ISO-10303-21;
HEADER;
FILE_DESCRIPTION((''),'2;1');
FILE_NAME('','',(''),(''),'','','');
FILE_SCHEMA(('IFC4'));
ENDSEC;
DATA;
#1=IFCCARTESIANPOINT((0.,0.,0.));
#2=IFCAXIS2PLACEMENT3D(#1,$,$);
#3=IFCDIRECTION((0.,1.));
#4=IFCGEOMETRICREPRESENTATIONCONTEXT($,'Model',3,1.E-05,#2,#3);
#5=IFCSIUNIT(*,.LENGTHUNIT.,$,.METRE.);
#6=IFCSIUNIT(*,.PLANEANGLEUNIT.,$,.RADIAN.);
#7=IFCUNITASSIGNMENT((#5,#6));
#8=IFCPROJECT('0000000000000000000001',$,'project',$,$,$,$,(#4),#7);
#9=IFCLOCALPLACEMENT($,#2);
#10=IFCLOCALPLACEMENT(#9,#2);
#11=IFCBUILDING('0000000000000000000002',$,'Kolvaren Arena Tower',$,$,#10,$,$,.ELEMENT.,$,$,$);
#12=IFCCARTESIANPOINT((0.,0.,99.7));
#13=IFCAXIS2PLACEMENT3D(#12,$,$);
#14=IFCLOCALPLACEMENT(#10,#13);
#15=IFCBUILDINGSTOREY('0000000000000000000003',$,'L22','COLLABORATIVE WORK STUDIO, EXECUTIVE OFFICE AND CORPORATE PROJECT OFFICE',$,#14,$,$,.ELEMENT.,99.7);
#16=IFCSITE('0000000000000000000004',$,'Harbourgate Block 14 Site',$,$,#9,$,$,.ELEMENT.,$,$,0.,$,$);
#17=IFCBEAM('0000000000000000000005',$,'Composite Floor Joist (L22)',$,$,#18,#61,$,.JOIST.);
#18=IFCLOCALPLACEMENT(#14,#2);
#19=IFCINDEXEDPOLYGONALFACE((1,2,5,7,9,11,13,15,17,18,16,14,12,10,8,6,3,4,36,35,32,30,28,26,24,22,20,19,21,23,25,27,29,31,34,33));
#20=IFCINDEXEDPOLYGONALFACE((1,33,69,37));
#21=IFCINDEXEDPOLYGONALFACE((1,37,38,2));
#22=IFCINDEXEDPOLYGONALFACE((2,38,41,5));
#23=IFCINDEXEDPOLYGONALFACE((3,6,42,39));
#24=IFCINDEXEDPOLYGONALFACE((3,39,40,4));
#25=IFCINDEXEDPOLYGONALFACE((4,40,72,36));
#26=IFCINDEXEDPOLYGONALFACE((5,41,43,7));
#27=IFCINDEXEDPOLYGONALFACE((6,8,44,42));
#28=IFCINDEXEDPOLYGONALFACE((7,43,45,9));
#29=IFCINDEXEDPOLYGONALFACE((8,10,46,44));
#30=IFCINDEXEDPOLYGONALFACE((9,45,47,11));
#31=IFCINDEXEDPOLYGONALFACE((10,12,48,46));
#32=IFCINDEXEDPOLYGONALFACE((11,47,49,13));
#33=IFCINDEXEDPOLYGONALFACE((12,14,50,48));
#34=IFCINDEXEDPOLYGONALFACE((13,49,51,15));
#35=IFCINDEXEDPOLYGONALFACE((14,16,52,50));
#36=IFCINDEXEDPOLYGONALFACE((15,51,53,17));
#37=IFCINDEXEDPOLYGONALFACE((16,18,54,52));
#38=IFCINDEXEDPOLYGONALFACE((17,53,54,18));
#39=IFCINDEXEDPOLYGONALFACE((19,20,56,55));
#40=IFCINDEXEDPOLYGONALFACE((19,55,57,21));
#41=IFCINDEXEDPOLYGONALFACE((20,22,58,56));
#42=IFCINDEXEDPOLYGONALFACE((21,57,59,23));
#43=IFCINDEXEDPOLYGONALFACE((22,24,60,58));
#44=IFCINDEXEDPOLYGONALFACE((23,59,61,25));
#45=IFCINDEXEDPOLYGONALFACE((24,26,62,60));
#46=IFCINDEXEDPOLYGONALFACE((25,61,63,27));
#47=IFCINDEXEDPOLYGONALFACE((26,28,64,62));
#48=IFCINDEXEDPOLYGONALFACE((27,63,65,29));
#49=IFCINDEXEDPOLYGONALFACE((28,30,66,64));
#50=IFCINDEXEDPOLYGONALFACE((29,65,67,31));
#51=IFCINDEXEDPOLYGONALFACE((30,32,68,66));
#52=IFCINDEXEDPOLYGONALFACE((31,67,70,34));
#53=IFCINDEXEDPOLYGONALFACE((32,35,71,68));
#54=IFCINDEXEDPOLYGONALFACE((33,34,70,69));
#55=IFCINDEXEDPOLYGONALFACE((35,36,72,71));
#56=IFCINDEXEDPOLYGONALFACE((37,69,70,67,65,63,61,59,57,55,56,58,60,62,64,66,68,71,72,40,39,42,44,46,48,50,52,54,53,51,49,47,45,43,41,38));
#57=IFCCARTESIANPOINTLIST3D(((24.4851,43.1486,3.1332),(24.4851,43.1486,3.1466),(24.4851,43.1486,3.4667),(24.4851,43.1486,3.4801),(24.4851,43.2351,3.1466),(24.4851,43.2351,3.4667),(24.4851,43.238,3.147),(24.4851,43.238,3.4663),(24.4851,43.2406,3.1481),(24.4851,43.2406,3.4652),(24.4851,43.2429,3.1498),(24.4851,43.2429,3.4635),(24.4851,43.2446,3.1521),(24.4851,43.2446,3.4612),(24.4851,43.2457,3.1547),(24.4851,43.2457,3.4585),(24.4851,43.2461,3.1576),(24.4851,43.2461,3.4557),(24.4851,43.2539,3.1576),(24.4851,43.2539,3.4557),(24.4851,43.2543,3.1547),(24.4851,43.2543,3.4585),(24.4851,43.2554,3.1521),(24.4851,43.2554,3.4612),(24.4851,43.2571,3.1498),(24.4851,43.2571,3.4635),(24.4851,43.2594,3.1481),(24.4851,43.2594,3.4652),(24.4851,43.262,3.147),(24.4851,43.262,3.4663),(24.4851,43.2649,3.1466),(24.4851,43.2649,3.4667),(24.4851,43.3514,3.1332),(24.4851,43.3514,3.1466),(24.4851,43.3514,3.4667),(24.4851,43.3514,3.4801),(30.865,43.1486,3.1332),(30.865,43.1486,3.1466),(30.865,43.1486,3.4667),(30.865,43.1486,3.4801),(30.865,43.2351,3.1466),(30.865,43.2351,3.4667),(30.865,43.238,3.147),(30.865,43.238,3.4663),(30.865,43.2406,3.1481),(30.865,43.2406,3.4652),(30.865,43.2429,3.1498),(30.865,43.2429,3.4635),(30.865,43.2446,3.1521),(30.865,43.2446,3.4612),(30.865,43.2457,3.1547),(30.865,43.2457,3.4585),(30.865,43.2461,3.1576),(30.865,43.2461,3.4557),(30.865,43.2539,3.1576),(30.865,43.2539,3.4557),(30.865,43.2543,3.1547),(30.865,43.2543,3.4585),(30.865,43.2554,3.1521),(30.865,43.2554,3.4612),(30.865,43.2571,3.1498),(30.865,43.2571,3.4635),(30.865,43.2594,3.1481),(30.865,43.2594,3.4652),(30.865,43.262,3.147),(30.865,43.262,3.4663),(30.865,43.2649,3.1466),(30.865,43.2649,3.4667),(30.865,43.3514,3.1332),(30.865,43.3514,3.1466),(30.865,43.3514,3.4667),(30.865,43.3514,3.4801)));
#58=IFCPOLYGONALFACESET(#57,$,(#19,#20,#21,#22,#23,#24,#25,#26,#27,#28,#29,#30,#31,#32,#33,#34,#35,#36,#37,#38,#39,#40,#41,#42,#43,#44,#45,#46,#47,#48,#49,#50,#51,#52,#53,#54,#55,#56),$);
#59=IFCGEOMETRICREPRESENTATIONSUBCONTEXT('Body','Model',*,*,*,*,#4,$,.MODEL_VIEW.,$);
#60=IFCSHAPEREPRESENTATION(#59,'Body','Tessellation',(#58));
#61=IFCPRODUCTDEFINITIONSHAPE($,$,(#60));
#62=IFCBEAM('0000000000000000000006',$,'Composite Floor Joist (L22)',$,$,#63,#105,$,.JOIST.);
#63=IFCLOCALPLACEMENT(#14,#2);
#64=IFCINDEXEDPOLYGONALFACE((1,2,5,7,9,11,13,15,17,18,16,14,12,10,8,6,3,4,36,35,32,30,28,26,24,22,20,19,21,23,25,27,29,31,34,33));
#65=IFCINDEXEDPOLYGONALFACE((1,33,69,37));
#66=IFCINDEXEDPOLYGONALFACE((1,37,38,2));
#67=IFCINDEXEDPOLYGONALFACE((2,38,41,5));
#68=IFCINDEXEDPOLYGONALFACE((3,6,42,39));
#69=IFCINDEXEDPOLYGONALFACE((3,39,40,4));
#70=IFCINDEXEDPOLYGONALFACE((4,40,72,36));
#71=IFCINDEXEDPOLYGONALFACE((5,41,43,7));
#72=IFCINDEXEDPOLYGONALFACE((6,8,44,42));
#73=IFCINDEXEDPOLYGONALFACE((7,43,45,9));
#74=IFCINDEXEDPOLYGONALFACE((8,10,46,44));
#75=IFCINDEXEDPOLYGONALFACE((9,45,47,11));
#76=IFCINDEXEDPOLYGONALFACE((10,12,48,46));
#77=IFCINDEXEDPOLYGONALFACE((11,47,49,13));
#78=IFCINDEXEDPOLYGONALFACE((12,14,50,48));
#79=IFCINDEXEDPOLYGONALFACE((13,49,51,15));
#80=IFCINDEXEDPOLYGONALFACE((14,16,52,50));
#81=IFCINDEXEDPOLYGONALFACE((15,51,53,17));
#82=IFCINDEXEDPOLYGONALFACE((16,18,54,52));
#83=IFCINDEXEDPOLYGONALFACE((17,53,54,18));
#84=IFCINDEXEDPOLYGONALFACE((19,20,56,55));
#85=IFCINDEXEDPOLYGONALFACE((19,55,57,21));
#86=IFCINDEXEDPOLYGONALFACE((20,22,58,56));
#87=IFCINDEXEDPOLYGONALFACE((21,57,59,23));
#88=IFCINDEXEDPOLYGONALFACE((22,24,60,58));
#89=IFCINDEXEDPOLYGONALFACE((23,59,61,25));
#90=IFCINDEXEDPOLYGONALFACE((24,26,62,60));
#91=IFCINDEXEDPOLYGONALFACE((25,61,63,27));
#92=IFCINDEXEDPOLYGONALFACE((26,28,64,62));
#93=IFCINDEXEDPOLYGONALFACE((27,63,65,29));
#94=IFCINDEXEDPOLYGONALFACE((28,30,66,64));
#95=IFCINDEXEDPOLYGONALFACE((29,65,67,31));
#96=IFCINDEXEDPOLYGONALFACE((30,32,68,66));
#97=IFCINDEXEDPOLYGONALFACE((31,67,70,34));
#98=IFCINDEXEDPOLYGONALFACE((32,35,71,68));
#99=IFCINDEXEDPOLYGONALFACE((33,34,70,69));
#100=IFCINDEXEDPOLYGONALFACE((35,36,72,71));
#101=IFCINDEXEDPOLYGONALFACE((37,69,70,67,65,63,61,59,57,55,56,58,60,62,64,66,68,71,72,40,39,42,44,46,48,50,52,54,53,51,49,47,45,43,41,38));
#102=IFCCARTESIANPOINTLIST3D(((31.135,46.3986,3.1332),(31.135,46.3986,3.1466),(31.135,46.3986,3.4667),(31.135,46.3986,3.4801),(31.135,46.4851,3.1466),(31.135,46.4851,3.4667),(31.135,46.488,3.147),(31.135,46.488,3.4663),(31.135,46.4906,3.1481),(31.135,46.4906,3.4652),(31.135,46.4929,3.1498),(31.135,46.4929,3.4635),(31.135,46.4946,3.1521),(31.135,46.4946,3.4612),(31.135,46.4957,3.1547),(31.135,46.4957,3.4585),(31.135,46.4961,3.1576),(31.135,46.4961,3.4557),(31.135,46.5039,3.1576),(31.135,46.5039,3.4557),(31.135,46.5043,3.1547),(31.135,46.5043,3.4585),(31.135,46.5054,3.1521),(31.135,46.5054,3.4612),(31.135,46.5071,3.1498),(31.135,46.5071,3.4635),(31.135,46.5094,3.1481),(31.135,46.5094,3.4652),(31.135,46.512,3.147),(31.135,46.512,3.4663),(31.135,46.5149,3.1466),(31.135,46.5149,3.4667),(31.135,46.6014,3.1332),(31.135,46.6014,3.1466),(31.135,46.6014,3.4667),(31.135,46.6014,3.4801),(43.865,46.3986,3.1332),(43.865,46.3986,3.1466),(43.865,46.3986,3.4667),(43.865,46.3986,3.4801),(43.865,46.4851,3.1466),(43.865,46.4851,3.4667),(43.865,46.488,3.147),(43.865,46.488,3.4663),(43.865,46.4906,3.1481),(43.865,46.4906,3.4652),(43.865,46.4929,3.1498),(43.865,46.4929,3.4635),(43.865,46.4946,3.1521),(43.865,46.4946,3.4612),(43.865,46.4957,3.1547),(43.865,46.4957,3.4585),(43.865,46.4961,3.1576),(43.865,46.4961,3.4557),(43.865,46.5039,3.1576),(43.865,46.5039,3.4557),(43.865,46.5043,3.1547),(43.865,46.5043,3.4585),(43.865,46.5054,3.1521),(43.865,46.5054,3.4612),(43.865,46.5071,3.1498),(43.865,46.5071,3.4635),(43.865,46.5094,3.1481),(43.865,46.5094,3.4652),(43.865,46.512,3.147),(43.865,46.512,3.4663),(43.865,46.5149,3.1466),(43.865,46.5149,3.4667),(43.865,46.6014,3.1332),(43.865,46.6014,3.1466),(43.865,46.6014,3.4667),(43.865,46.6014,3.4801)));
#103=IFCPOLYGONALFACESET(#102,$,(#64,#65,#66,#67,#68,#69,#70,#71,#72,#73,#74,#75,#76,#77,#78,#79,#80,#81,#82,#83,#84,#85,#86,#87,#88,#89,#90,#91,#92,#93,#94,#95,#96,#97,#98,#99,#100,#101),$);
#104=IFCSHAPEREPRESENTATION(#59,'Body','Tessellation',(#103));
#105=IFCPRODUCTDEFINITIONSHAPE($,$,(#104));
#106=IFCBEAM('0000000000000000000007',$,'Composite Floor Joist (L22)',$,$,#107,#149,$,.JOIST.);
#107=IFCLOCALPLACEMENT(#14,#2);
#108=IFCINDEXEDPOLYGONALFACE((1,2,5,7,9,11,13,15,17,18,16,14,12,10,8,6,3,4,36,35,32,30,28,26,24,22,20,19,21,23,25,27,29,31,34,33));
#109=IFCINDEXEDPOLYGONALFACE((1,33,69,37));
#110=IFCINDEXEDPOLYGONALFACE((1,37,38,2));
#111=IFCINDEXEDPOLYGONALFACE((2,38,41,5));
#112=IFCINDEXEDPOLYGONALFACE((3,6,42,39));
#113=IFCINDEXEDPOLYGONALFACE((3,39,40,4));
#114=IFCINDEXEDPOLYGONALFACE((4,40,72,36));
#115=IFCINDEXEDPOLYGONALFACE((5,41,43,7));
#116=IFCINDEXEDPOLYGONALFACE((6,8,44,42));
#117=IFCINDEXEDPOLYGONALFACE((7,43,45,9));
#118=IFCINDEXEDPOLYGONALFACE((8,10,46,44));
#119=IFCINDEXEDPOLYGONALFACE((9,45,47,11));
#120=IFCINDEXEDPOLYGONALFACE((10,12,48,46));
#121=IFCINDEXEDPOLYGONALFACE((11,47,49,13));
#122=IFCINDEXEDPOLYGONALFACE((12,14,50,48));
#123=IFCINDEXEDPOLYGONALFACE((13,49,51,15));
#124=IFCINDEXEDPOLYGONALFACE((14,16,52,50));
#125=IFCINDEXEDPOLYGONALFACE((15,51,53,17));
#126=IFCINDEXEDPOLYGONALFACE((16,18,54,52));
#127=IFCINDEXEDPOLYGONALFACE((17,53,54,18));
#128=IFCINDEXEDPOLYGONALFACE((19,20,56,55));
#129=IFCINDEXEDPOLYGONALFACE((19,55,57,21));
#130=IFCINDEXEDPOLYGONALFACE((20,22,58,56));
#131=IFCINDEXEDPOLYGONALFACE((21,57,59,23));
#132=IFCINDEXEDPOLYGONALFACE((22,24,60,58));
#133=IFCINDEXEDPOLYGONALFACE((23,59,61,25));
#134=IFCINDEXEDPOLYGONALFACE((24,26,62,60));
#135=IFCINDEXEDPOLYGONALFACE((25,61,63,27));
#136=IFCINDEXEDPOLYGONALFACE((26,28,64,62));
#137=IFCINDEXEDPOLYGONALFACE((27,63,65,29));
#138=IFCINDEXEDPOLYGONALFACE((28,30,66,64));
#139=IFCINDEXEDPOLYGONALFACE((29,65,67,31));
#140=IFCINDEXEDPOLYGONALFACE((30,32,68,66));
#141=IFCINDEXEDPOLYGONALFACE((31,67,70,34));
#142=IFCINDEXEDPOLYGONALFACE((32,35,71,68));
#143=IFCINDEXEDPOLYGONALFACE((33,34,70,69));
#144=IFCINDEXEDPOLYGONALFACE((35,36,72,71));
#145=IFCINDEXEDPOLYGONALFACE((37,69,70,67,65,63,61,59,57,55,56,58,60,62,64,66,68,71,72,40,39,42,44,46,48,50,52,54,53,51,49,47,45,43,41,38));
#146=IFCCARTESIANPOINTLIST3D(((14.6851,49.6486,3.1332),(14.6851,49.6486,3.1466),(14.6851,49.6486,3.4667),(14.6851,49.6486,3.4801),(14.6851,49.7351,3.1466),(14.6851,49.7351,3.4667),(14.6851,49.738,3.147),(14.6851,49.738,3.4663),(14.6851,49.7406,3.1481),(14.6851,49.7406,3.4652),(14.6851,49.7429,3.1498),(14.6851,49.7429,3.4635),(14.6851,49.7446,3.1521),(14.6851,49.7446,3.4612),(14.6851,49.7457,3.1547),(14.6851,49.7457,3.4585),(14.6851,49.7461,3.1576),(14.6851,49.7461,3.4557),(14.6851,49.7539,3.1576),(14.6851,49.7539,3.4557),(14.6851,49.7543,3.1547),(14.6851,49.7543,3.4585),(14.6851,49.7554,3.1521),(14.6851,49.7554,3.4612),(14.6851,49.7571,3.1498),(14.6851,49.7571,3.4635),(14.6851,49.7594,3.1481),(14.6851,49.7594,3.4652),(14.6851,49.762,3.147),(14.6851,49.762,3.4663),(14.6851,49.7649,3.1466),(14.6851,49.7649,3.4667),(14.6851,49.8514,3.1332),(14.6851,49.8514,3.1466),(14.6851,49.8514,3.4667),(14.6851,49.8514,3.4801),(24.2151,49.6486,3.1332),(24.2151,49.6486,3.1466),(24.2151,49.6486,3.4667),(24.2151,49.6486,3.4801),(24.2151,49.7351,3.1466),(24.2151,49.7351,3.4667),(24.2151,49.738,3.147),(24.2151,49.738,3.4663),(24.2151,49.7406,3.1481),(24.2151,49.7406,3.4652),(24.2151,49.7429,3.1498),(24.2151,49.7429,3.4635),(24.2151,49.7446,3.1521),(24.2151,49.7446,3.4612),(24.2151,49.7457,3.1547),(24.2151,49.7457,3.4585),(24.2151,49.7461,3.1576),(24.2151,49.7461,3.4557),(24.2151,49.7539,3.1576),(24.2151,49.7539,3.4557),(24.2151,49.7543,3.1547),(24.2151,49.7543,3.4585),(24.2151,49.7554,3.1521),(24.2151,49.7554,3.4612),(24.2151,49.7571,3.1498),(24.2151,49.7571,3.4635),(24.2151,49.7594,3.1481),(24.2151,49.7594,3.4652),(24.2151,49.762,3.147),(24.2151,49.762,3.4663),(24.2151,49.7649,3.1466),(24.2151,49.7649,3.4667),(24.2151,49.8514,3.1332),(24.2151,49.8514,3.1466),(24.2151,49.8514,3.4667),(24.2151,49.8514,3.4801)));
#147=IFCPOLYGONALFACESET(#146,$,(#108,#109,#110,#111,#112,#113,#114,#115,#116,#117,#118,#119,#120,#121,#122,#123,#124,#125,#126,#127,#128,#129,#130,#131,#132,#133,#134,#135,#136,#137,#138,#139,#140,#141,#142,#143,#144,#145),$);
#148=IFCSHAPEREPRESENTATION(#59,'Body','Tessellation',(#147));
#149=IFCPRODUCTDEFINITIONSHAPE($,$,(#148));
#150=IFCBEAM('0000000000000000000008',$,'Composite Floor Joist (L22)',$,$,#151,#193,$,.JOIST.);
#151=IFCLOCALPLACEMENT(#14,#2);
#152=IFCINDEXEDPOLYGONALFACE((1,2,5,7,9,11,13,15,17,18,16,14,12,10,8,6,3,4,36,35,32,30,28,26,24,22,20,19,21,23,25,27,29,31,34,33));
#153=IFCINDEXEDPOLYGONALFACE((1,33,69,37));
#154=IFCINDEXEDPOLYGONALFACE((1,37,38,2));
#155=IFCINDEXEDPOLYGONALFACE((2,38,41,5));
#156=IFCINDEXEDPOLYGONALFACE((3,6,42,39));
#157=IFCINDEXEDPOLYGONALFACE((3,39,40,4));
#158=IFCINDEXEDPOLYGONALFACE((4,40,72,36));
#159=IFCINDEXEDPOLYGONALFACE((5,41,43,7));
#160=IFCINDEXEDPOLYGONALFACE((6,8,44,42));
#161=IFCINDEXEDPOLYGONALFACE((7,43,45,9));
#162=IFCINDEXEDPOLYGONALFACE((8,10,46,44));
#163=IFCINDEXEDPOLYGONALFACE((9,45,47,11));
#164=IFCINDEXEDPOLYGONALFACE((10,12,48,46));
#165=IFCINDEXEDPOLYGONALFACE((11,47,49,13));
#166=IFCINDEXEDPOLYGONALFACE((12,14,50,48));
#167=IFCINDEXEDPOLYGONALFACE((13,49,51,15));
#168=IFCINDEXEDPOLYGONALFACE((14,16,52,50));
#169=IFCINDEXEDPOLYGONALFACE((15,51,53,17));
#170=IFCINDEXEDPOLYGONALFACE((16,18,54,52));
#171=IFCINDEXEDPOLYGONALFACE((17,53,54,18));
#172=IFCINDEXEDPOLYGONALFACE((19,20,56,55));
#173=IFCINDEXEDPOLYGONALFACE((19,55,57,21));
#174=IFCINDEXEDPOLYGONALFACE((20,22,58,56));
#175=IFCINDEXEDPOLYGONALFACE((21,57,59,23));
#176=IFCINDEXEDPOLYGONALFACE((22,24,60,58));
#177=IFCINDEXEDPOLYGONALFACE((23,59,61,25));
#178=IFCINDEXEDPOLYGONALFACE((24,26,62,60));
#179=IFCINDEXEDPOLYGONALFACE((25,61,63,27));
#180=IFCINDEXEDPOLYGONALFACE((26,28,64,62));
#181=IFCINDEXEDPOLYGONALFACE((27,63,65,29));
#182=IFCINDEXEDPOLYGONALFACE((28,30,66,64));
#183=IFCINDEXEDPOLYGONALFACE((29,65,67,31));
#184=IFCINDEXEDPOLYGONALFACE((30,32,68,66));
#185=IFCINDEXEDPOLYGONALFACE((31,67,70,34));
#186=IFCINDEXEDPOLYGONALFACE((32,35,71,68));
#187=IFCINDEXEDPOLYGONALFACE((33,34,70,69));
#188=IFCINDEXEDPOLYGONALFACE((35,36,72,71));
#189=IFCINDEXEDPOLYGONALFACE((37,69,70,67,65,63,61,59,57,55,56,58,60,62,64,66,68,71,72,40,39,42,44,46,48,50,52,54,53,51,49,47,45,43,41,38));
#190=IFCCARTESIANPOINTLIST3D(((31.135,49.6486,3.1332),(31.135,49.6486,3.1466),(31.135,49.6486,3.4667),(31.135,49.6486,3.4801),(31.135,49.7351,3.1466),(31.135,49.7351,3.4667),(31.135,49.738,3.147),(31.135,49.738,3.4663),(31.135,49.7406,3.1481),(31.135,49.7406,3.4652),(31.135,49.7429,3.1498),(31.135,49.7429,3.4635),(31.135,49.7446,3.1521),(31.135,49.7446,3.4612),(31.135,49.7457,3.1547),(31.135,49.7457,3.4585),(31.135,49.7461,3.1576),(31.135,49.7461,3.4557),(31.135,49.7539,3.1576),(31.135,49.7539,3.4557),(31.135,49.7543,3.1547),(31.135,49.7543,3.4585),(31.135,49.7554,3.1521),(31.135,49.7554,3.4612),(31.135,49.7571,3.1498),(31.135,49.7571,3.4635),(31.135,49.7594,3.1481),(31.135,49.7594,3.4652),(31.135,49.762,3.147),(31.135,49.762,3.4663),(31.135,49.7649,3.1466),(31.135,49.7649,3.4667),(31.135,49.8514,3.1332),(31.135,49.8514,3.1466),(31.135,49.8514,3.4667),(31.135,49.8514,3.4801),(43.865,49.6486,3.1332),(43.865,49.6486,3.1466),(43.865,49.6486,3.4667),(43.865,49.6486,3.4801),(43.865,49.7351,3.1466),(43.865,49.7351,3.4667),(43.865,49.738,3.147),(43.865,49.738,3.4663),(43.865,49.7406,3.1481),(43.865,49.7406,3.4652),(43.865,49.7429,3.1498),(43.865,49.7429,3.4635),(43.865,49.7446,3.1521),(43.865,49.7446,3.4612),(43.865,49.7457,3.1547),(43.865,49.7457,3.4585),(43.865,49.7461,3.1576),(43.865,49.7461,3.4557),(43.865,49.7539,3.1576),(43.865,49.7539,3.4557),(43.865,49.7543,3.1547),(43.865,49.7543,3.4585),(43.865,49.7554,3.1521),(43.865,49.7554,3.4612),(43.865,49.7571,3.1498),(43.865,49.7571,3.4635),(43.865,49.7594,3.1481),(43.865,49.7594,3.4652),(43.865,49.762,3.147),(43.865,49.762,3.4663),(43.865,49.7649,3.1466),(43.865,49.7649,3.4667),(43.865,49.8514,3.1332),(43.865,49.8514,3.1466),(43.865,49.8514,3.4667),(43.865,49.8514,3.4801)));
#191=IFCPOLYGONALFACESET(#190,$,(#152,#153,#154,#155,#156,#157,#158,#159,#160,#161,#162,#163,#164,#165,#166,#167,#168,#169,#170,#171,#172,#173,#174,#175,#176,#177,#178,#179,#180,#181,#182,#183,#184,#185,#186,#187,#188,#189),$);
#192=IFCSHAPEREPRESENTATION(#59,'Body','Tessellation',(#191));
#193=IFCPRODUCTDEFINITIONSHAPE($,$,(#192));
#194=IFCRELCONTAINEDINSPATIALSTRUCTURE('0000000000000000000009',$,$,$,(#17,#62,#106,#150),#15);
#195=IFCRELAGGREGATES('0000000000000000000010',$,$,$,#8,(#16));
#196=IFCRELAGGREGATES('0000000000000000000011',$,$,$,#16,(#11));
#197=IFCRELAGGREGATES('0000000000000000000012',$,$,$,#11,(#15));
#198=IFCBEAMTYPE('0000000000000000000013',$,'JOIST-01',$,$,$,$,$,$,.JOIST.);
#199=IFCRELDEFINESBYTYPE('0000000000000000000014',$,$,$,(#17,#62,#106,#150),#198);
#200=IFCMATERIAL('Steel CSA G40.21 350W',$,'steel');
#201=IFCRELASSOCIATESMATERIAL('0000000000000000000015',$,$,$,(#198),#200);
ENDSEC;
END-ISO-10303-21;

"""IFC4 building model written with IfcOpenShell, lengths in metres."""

from ifc_helpers import new_model, si_unit, direction, frame, origin, origin_2d, place, context, subcontext, project, spatial, i_section, extrude, material, material_profile, profile_set, type_object, element, save


model = new_model("IFC4")

# Units and contexts
model_context = context("Model", 3, precision=1e-05, world=origin(), true_north=direction((0.0, 1.0)))
body_context = subcontext(model_context, "Body", "Model", "MODEL_VIEW")
ifc_project = project(units=[si_unit("LENGTHUNIT", "METRE"), si_unit("PLANEANGLEUNIT", "RADIAN")], contexts=[model_context])

# Site, building, storey
site_placement = place(None, origin())
site = spatial("IfcSite", under=ifc_project, at=site_placement, Name="Harbourgate Block 14 Site", CompositionType="ELEMENT", RefElevation=0.0)
building_placement = place(site_placement, origin())
building = spatial("IfcBuilding", under=site, at=building_placement, Name="Kolvaren Arena Tower", CompositionType="ELEMENT")
storey_placement = place(building_placement, frame((0.0, 0.0, 99.7)))
storey = spatial("IfcBuildingStorey", under=building, at=storey_placement, Name="L22", Description="COLLABORATIVE WORK STUDIO, EXECUTIVE OFFICE AND CORPORATE PROJECT OFFICE", CompositionType="ELEMENT", Elevation=99.7)

# Beams
ifc_material_1 = material(Name="Steel CSA G40.21 350W", Category="steel")
ifc_material_profile_1 = material_profile(ifc_material_1, i_section(OverallWidth=0.2029, OverallDepth=0.3469, WebThickness=0.0078, FlangeThickness=0.0134, FilletRadius=0.011, at=origin_2d()), Name="W360x64")
ifc_profile_set_1 = profile_set([ifc_material_profile_1], Name="Steel CSA G40.21 350W")
beam_type_1 = type_object("IfcBeamType", Name="JOIST-01", PredefinedType="JOIST", material=ifc_profile_set_1)
beam_1_placement = place(storey_placement, frame((24.4851, 43.25, 3.3066), z_axis=(1.0, 0.0, 0.0), x_axis=(0.0, 1.0, 0.0)))
element("IfcBeam", 1, at=beam_1_placement, inside=storey, type_object=beam_type_1, Name="Composite Floor Joist (L22)", PredefinedType="JOIST", context=body_context, shape_type="SweptSolid", body=[
    extrude(i_section(OverallWidth=0.2029, OverallDepth=0.3469, WebThickness=0.0078, FlangeThickness=0.0134, FilletRadius=0.011, at=origin_2d()), origin(), (0.0, 0.0, 1.0), 6.3799),
])
beam_2_placement = place(storey_placement, frame((31.135, 46.5, 3.3066), z_axis=(1.0, 0.0, 0.0), x_axis=(0.0, 1.0, 0.0)))
element("IfcBeam", 2, at=beam_2_placement, inside=storey, type_object=beam_type_1, Name="Composite Floor Joist (L22)", PredefinedType="JOIST", context=body_context, shape_type="SweptSolid", body=[
    extrude(i_section(OverallWidth=0.2029, OverallDepth=0.3469, WebThickness=0.0078, FlangeThickness=0.0134, FilletRadius=0.011, at=origin_2d()), origin(), (0.0, 0.0, 1.0), 12.73),
])
beam_3_placement = place(storey_placement, frame((14.6851, 49.75, 3.3066), z_axis=(1.0, 0.0, 0.0), x_axis=(0.0, 1.0, 0.0)))
element("IfcBeam", 3, at=beam_3_placement, inside=storey, type_object=beam_type_1, Name="Composite Floor Joist (L22)", PredefinedType="JOIST", context=body_context, shape_type="SweptSolid", body=[
    extrude(i_section(OverallWidth=0.2029, OverallDepth=0.3469, WebThickness=0.0078, FlangeThickness=0.0134, FilletRadius=0.011, at=origin_2d()), origin(), (0.0, 0.0, 1.0), 9.53),
])
beam_4_placement = place(storey_placement, frame((31.135, 49.75, 3.3066), z_axis=(1.0, 0.0, 0.0), x_axis=(0.0, 1.0, 0.0)))
element("IfcBeam", 4, at=beam_4_placement, inside=storey, type_object=beam_type_1, Name="Composite Floor Joist (L22)", PredefinedType="JOIST", context=body_context, shape_type="SweptSolid", body=[
    extrude(i_section(OverallWidth=0.2029, OverallDepth=0.3469, WebThickness=0.0078, FlangeThickness=0.0134, FilletRadius=0.011, at=origin_2d()), origin(), (0.0, 0.0, 1.0), 12.73),
])

save(model, "model.ifc")
